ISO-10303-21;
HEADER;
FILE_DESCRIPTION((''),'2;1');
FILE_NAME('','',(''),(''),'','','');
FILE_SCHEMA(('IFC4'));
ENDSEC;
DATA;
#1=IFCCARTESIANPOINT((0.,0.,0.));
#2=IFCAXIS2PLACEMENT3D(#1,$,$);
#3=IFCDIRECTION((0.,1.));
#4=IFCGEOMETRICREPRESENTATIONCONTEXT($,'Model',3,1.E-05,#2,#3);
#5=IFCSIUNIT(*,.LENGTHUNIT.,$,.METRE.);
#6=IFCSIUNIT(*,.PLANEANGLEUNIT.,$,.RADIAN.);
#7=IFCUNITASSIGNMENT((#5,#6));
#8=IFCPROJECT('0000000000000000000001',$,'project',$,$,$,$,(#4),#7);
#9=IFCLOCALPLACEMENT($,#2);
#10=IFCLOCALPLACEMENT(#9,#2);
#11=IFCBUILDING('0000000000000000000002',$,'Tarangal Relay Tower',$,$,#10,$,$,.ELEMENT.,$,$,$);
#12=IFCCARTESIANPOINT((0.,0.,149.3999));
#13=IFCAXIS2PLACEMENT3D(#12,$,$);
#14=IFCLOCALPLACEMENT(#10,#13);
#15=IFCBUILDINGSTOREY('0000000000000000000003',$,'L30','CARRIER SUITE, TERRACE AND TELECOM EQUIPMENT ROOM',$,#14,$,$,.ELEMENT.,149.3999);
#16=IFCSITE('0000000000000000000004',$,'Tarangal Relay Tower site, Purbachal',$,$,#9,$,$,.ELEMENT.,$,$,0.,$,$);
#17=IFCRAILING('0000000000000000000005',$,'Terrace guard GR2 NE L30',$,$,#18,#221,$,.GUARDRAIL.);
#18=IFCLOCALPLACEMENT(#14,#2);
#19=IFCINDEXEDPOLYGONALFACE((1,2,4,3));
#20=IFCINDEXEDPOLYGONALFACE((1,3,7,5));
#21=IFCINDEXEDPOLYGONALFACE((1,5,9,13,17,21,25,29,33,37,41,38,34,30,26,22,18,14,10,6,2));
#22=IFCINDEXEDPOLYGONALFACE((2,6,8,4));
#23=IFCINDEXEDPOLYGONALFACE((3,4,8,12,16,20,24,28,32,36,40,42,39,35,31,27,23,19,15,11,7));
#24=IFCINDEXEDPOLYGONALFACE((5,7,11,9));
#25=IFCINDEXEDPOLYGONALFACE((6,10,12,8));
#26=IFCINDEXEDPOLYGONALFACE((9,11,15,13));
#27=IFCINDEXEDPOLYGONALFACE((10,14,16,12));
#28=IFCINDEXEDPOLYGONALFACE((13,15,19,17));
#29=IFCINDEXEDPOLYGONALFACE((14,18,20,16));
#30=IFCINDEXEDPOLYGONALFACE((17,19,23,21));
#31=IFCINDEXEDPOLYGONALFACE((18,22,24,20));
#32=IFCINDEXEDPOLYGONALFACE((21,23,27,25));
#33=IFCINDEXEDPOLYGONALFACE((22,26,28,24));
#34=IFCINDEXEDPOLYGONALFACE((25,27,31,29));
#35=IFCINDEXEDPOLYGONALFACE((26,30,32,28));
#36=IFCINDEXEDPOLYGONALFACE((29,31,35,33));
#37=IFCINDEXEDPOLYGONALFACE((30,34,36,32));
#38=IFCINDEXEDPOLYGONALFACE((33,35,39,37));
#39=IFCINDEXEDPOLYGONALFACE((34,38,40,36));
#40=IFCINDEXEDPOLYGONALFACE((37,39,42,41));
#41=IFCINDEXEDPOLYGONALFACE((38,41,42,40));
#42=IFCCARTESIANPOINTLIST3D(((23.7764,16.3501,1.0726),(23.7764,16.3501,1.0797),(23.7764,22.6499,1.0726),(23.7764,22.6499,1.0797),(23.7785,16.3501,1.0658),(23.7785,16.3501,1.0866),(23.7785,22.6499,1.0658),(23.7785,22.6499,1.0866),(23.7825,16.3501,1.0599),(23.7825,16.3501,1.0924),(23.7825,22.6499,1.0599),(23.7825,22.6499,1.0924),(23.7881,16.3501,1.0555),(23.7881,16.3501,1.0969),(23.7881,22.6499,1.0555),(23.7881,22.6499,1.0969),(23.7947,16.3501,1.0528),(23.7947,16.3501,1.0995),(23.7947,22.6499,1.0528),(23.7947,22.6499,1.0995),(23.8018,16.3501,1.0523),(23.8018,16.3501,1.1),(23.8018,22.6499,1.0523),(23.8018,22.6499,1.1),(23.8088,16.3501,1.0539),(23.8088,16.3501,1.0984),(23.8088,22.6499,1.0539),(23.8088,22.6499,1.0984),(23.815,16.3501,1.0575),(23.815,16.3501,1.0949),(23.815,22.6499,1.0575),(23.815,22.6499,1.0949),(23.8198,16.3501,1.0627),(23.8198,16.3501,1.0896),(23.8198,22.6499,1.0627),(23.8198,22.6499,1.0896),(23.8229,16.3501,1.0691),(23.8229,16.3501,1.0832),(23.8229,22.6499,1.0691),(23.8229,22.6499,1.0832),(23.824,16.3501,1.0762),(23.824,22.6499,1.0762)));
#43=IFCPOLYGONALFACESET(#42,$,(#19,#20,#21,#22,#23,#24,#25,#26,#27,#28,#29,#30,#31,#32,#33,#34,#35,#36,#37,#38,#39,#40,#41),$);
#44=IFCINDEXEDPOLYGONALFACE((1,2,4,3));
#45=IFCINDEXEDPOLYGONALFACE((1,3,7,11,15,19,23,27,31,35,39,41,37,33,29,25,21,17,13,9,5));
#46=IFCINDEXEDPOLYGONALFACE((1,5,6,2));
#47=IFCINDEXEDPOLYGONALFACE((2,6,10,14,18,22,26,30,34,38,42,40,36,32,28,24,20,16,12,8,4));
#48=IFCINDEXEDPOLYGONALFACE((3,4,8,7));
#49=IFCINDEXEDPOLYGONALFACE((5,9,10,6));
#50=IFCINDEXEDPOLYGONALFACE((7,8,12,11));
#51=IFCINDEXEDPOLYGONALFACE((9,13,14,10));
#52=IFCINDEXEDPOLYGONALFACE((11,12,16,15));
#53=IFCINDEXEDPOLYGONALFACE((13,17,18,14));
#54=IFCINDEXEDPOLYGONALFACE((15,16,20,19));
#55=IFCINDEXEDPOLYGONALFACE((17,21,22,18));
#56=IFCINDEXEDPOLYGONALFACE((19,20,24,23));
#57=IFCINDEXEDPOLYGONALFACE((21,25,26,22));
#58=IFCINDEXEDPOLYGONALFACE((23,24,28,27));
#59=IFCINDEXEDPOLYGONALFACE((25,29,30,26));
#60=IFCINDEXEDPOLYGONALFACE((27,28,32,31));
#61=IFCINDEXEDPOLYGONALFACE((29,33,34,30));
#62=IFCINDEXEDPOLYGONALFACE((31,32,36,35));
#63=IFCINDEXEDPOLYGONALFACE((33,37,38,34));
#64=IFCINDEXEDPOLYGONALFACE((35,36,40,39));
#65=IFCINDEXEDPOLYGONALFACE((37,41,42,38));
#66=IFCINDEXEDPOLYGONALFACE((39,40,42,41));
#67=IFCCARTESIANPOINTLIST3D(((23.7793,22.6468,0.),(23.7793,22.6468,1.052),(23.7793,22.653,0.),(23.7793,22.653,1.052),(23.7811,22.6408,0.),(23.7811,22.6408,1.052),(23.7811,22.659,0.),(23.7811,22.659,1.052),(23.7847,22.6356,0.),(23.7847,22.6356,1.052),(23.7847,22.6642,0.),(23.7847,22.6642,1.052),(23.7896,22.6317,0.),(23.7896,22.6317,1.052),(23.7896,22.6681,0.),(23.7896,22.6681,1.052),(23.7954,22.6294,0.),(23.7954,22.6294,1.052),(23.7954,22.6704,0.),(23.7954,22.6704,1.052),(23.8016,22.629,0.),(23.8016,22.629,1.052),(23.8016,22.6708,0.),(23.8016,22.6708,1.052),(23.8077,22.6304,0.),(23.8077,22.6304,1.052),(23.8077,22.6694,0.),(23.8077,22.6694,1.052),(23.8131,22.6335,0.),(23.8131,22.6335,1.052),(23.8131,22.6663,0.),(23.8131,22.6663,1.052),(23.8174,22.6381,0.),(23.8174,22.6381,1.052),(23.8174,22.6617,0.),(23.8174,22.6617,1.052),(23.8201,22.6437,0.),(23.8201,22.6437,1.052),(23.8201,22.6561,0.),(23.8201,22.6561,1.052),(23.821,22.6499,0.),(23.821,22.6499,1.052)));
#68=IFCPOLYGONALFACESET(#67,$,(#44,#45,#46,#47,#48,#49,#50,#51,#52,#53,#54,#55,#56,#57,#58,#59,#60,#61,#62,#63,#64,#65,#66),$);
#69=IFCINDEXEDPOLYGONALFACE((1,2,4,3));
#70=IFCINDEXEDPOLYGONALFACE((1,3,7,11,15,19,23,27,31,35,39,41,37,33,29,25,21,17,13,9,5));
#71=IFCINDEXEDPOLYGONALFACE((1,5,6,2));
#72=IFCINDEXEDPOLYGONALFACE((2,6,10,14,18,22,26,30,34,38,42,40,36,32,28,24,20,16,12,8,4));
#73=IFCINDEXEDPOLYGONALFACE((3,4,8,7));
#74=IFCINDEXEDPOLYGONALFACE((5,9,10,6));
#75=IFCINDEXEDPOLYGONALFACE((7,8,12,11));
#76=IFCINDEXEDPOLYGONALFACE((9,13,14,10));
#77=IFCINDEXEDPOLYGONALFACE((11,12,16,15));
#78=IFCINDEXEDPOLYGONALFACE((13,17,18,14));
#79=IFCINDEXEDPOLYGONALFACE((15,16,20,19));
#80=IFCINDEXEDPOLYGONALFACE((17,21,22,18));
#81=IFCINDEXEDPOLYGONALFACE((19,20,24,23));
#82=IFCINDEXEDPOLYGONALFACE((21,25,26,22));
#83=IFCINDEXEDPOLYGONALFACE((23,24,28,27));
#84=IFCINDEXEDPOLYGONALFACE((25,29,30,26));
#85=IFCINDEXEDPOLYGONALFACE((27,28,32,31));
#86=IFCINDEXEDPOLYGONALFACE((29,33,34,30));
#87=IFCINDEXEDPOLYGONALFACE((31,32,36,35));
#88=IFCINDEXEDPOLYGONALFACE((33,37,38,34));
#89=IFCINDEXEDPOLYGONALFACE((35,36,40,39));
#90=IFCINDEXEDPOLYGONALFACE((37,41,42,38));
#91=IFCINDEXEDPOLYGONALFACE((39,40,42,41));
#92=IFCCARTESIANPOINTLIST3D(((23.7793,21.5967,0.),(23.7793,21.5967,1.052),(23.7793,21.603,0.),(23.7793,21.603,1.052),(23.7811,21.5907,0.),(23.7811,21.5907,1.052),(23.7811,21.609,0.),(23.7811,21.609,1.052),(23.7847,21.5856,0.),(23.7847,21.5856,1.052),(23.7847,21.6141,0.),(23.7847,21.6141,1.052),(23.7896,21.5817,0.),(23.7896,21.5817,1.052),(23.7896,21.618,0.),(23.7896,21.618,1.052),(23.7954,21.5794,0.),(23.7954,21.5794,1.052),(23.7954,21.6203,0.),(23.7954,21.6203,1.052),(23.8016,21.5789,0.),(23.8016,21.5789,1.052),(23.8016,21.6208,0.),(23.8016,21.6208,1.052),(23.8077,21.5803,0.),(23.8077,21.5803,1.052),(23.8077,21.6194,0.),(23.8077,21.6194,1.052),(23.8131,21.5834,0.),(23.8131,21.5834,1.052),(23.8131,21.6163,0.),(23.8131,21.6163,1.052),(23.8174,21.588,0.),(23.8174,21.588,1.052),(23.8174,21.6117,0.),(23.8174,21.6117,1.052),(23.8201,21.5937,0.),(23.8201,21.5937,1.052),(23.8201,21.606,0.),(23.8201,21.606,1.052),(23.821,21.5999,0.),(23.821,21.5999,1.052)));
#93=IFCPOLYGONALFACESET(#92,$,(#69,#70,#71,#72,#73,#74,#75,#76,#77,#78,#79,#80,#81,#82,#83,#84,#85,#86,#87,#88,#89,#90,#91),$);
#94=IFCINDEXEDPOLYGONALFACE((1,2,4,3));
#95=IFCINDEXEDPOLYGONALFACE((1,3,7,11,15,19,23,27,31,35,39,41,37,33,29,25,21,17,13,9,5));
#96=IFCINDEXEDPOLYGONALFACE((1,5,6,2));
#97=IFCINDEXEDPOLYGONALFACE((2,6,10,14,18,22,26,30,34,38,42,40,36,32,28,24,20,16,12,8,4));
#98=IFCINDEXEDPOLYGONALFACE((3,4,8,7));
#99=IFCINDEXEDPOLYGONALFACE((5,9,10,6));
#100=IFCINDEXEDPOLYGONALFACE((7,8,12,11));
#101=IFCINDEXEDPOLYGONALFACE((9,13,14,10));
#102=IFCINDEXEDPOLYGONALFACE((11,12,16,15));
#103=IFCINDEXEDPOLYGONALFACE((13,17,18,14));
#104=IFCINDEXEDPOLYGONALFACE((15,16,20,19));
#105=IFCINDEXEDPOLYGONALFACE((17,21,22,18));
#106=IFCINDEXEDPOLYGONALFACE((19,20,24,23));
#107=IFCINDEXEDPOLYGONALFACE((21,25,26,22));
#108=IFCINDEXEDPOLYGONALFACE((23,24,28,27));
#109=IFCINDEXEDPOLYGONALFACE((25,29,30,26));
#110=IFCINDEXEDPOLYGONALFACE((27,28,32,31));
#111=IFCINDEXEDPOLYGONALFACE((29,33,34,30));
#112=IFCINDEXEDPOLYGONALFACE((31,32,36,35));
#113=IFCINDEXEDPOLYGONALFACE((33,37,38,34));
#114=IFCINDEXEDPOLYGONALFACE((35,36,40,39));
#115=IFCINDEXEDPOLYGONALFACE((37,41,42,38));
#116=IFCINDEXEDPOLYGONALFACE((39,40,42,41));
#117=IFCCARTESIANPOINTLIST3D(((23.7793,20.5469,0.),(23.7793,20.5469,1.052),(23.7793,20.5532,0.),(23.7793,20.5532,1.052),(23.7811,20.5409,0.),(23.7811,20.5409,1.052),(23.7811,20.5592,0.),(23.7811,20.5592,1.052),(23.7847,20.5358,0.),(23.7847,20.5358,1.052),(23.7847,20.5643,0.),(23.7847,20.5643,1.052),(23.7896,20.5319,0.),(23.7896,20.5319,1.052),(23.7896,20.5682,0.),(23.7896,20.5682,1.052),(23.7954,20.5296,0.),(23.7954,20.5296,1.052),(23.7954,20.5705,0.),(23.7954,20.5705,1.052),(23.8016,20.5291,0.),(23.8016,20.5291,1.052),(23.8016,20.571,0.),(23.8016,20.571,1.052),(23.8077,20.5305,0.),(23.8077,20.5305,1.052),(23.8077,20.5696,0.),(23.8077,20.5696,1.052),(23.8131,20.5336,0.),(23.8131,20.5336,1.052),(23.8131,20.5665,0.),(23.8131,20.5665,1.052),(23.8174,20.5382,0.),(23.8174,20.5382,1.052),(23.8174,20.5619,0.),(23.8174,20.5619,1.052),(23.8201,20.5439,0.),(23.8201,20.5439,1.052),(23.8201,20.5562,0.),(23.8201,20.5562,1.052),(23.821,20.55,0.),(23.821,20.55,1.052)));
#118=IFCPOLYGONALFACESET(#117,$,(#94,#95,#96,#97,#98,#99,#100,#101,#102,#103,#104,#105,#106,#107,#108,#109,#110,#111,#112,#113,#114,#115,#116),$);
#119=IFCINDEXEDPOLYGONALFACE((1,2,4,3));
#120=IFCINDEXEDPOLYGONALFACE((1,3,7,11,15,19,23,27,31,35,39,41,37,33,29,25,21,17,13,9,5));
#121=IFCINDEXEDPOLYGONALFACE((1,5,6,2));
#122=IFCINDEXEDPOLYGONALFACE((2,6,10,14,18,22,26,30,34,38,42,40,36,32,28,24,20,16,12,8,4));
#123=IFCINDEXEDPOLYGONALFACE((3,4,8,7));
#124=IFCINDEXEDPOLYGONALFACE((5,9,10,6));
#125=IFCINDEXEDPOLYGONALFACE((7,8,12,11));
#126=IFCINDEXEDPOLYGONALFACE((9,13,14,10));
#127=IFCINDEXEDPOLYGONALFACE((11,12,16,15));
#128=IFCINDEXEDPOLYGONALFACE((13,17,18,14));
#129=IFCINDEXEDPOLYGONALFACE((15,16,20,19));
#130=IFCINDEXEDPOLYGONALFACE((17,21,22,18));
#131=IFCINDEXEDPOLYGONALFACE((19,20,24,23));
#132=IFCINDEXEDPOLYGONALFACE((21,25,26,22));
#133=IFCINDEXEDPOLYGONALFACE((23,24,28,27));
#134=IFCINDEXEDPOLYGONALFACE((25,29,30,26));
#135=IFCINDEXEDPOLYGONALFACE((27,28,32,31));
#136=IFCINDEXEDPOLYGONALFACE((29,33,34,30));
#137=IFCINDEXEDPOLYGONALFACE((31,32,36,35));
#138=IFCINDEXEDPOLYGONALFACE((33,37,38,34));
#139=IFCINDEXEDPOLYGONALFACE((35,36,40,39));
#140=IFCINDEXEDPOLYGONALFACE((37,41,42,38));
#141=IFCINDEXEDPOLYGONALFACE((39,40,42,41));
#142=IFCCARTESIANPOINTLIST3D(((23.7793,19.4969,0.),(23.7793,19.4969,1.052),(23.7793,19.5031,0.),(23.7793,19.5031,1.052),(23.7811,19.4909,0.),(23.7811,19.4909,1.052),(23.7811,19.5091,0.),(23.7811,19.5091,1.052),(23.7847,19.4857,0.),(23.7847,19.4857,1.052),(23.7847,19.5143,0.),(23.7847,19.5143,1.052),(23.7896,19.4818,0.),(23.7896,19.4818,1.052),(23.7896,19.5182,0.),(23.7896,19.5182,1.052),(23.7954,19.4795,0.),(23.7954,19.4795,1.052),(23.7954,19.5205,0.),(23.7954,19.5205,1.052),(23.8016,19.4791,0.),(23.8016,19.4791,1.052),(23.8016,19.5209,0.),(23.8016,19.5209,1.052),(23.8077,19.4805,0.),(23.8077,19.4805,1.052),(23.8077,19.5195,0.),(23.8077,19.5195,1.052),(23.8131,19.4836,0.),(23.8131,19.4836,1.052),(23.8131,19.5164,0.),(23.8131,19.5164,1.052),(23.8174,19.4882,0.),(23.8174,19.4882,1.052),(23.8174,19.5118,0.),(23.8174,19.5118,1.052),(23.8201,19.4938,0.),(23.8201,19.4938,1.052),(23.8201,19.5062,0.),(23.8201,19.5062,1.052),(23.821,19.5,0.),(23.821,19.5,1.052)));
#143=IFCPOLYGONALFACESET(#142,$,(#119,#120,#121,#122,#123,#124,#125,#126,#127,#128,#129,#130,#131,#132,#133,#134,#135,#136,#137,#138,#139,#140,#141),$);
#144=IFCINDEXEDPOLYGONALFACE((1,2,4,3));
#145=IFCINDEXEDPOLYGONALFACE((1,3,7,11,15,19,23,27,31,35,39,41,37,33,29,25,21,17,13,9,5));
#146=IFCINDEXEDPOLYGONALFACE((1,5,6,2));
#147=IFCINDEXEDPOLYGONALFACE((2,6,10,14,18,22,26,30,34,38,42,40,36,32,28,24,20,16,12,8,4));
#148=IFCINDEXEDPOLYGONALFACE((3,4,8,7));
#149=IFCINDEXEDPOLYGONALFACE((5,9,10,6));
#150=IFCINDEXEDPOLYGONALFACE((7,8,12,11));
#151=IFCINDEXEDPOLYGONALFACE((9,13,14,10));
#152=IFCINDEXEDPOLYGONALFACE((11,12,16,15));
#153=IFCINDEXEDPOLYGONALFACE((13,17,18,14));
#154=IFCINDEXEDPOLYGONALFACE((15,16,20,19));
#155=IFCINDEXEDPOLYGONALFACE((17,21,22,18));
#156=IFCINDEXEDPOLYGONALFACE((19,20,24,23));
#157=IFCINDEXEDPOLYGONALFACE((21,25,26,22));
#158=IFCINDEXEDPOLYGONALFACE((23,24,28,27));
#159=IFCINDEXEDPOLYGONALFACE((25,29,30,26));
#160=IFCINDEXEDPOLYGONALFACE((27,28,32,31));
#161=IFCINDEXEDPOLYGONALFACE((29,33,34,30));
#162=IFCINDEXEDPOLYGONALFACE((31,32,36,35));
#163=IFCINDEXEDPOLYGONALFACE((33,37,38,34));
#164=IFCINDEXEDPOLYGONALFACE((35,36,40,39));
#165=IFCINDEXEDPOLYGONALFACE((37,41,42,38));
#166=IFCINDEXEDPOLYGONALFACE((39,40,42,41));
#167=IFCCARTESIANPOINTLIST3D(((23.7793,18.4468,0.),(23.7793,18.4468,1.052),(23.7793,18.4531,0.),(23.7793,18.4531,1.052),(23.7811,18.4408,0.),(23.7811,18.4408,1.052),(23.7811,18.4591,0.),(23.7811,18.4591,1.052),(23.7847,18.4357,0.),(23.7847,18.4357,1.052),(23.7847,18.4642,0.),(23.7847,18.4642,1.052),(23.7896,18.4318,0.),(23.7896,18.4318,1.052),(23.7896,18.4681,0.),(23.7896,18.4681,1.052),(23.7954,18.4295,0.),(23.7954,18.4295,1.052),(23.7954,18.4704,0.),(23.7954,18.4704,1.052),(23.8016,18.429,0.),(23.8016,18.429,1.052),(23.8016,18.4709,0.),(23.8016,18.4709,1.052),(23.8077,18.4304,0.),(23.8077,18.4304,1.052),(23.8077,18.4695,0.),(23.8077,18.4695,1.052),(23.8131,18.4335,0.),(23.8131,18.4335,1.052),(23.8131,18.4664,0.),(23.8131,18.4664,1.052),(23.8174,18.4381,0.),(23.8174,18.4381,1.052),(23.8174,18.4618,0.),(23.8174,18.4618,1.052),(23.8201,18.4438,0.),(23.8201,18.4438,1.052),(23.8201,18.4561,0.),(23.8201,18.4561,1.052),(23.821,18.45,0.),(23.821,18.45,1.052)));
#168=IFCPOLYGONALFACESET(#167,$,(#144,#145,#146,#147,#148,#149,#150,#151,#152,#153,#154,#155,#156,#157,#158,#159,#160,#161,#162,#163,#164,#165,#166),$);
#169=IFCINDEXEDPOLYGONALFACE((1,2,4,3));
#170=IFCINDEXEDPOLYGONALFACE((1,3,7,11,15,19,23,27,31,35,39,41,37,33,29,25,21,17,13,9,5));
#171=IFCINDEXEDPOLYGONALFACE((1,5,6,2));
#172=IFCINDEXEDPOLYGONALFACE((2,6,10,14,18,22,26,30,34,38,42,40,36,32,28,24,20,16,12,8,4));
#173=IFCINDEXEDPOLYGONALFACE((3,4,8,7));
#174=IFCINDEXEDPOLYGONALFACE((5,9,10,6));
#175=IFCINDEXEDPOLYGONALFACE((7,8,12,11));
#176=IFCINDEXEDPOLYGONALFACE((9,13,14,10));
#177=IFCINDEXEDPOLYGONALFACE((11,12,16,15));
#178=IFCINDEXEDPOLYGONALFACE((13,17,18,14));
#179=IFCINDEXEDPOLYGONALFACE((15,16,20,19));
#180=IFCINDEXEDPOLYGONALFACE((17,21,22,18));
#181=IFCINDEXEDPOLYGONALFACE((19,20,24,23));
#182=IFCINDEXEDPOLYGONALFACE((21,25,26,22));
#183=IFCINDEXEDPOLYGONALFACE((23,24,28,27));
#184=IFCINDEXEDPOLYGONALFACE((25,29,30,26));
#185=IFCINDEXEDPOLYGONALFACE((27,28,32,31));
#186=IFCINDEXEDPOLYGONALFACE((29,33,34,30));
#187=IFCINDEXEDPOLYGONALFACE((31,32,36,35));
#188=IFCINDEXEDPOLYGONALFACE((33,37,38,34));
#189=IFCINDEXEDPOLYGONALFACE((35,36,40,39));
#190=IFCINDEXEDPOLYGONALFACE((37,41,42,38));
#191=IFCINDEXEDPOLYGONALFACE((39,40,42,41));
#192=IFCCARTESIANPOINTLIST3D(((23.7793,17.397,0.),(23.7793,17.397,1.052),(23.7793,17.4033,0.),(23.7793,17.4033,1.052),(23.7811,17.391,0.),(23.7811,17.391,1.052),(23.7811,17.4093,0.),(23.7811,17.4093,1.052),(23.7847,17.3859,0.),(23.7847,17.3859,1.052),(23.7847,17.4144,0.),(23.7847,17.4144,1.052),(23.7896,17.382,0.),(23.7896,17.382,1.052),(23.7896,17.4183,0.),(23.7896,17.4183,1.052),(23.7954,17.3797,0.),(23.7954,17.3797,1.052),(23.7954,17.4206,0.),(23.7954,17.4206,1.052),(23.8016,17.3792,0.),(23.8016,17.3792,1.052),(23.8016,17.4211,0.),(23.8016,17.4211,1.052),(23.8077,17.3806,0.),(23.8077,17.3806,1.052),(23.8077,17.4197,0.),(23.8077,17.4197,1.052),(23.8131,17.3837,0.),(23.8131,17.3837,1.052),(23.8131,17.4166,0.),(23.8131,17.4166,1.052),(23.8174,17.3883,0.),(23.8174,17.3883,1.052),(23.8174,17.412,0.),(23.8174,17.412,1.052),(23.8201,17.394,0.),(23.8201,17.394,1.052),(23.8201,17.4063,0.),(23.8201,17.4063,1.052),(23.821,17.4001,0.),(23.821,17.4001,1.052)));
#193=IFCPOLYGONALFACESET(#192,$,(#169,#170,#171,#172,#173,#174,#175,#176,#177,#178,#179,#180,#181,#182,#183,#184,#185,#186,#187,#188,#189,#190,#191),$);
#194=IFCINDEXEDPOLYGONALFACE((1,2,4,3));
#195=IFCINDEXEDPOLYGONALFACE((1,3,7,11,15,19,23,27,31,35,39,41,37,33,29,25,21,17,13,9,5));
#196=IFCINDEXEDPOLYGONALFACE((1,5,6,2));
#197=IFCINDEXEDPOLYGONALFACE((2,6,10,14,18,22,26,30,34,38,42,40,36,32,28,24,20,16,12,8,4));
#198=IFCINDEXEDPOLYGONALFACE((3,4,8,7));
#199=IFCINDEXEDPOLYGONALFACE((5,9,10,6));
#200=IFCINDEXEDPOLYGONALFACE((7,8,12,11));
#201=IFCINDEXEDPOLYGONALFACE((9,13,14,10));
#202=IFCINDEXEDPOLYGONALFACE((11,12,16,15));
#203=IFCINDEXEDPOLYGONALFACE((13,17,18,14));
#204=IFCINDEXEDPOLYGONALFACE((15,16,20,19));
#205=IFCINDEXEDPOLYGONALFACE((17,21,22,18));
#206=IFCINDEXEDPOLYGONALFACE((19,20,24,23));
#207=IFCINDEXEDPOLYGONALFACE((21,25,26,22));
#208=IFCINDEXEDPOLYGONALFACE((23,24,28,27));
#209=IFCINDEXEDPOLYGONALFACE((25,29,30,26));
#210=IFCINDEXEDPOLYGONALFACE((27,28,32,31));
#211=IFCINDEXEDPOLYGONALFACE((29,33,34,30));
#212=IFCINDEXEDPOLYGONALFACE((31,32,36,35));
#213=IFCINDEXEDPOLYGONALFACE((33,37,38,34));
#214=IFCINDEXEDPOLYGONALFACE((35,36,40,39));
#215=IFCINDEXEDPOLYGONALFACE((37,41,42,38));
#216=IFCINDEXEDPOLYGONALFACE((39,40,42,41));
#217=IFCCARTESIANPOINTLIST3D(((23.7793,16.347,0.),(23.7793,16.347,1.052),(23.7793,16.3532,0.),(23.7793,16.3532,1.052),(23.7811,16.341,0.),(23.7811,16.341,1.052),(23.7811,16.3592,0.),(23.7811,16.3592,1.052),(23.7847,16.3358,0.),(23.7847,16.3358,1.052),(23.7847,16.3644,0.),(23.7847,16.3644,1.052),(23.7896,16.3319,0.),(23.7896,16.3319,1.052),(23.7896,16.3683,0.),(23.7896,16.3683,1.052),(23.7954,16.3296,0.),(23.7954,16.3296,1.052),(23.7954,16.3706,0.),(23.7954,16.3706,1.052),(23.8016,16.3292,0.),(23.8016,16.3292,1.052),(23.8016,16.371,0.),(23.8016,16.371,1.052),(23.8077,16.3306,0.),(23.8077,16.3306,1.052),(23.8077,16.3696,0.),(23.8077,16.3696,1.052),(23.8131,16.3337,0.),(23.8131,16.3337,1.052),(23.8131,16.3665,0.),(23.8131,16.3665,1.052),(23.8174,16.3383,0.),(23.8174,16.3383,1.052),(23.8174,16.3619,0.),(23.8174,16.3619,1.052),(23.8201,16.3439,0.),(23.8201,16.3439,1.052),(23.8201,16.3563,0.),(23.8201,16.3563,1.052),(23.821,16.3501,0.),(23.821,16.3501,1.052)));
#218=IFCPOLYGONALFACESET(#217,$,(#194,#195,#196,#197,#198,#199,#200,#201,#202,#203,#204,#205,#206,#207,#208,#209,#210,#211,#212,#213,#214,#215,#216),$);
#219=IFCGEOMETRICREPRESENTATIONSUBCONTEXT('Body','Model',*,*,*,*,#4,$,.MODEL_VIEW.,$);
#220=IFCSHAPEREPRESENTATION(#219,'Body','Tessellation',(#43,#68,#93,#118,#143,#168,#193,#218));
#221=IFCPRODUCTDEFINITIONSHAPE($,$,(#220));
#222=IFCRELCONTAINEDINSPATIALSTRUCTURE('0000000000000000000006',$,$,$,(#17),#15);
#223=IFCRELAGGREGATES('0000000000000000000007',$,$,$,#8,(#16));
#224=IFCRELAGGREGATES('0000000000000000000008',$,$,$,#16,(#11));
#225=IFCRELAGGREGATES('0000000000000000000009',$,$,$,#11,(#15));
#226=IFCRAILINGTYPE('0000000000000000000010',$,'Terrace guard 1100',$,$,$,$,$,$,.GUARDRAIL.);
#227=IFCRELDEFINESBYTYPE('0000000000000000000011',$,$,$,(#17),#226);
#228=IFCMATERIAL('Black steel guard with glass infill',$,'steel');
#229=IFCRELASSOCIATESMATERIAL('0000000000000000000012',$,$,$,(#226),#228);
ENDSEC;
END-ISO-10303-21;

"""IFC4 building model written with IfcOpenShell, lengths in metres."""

from ifc_helpers import new_model, si_unit, direction, frame, origin, origin_2d, place, context, subcontext, project, spatial, circle, extrude, material, type_object, element, save


model = new_model("IFC4")

# Units and contexts
model_context = context("Model", 3, precision=1e-05, world=origin(), true_north=direction((0.0, 1.0)))
body_context = subcontext(model_context, "Body", "Model", "MODEL_VIEW")
ifc_project = project(units=[si_unit("LENGTHUNIT", "METRE"), si_unit("PLANEANGLEUNIT", "RADIAN")], contexts=[model_context])

# Site, building, storey
site_placement = place(None, origin())
site = spatial("IfcSite", under=ifc_project, at=site_placement, Name="Tarangal Relay Tower site, Purbachal", CompositionType="ELEMENT", RefElevation=0.0)
building_placement = place(site_placement, origin())
building = spatial("IfcBuilding", under=site, at=building_placement, Name="Tarangal Relay Tower", CompositionType="ELEMENT")
storey_placement = place(building_placement, frame((0.0, 0.0, 149.3999)))
storey = spatial("IfcBuildingStorey", under=building, at=storey_placement, Name="L30", Description="CARRIER SUITE, TERRACE AND TELECOM EQUIPMENT ROOM", CompositionType="ELEMENT", Elevation=149.3999)

# Railing
ifc_material_1 = material(Name="Black steel guard with glass infill", Category="steel")
railing_type = type_object("IfcRailingType", Name="Terrace guard 1100", PredefinedType="GUARDRAIL", material=ifc_material_1)
railing_1_placement = place(storey_placement, frame((23.8, 22.6499, 0.0)))
element("IfcRailing", 1, at=railing_1_placement, inside=storey, type_object=railing_type, Name="Terrace guard GR2 NE L30", PredefinedType="GUARDRAIL", context=body_context, shape_type="SweptSolid", body=[
    extrude(circle(Radius=0.0239, at=origin_2d()), frame((0.0, 0.0, 1.0762), z_axis=(0.0, -1.0, 0.0), x_axis=(1.0, 0.0, 0.0)), (0.0, 0.0, 1.0), 6.2998),
    extrude(circle(Radius=0.021, at=origin_2d()), origin(), (0.0, 0.0, 1.0), 1.052),
    extrude(circle(Radius=0.021, at=origin_2d()), frame((0.0, -1.05, 0.0)), (0.0, 0.0, 1.0), 1.052),
    extrude(circle(Radius=0.021, at=origin_2d()), frame((0.0, -2.0999, 0.0)), (0.0, 0.0, 1.0), 1.052),
    extrude(circle(Radius=0.021, at=origin_2d()), frame((0.0, -3.1499, 0.0)), (0.0, 0.0, 1.0), 1.052),
    extrude(circle(Radius=0.021, at=origin_2d()), frame((0.0, -4.2, 0.0)), (0.0, 0.0, 1.0), 1.052),
    extrude(circle(Radius=0.021, at=origin_2d()), frame((0.0, -5.2498, 0.0)), (0.0, 0.0, 1.0), 1.052),
    extrude(circle(Radius=0.021, at=origin_2d()), frame((0.0, -6.2998, 0.0)), (0.0, 0.0, 1.0), 1.052),
])

save(model, "model.ifc")
